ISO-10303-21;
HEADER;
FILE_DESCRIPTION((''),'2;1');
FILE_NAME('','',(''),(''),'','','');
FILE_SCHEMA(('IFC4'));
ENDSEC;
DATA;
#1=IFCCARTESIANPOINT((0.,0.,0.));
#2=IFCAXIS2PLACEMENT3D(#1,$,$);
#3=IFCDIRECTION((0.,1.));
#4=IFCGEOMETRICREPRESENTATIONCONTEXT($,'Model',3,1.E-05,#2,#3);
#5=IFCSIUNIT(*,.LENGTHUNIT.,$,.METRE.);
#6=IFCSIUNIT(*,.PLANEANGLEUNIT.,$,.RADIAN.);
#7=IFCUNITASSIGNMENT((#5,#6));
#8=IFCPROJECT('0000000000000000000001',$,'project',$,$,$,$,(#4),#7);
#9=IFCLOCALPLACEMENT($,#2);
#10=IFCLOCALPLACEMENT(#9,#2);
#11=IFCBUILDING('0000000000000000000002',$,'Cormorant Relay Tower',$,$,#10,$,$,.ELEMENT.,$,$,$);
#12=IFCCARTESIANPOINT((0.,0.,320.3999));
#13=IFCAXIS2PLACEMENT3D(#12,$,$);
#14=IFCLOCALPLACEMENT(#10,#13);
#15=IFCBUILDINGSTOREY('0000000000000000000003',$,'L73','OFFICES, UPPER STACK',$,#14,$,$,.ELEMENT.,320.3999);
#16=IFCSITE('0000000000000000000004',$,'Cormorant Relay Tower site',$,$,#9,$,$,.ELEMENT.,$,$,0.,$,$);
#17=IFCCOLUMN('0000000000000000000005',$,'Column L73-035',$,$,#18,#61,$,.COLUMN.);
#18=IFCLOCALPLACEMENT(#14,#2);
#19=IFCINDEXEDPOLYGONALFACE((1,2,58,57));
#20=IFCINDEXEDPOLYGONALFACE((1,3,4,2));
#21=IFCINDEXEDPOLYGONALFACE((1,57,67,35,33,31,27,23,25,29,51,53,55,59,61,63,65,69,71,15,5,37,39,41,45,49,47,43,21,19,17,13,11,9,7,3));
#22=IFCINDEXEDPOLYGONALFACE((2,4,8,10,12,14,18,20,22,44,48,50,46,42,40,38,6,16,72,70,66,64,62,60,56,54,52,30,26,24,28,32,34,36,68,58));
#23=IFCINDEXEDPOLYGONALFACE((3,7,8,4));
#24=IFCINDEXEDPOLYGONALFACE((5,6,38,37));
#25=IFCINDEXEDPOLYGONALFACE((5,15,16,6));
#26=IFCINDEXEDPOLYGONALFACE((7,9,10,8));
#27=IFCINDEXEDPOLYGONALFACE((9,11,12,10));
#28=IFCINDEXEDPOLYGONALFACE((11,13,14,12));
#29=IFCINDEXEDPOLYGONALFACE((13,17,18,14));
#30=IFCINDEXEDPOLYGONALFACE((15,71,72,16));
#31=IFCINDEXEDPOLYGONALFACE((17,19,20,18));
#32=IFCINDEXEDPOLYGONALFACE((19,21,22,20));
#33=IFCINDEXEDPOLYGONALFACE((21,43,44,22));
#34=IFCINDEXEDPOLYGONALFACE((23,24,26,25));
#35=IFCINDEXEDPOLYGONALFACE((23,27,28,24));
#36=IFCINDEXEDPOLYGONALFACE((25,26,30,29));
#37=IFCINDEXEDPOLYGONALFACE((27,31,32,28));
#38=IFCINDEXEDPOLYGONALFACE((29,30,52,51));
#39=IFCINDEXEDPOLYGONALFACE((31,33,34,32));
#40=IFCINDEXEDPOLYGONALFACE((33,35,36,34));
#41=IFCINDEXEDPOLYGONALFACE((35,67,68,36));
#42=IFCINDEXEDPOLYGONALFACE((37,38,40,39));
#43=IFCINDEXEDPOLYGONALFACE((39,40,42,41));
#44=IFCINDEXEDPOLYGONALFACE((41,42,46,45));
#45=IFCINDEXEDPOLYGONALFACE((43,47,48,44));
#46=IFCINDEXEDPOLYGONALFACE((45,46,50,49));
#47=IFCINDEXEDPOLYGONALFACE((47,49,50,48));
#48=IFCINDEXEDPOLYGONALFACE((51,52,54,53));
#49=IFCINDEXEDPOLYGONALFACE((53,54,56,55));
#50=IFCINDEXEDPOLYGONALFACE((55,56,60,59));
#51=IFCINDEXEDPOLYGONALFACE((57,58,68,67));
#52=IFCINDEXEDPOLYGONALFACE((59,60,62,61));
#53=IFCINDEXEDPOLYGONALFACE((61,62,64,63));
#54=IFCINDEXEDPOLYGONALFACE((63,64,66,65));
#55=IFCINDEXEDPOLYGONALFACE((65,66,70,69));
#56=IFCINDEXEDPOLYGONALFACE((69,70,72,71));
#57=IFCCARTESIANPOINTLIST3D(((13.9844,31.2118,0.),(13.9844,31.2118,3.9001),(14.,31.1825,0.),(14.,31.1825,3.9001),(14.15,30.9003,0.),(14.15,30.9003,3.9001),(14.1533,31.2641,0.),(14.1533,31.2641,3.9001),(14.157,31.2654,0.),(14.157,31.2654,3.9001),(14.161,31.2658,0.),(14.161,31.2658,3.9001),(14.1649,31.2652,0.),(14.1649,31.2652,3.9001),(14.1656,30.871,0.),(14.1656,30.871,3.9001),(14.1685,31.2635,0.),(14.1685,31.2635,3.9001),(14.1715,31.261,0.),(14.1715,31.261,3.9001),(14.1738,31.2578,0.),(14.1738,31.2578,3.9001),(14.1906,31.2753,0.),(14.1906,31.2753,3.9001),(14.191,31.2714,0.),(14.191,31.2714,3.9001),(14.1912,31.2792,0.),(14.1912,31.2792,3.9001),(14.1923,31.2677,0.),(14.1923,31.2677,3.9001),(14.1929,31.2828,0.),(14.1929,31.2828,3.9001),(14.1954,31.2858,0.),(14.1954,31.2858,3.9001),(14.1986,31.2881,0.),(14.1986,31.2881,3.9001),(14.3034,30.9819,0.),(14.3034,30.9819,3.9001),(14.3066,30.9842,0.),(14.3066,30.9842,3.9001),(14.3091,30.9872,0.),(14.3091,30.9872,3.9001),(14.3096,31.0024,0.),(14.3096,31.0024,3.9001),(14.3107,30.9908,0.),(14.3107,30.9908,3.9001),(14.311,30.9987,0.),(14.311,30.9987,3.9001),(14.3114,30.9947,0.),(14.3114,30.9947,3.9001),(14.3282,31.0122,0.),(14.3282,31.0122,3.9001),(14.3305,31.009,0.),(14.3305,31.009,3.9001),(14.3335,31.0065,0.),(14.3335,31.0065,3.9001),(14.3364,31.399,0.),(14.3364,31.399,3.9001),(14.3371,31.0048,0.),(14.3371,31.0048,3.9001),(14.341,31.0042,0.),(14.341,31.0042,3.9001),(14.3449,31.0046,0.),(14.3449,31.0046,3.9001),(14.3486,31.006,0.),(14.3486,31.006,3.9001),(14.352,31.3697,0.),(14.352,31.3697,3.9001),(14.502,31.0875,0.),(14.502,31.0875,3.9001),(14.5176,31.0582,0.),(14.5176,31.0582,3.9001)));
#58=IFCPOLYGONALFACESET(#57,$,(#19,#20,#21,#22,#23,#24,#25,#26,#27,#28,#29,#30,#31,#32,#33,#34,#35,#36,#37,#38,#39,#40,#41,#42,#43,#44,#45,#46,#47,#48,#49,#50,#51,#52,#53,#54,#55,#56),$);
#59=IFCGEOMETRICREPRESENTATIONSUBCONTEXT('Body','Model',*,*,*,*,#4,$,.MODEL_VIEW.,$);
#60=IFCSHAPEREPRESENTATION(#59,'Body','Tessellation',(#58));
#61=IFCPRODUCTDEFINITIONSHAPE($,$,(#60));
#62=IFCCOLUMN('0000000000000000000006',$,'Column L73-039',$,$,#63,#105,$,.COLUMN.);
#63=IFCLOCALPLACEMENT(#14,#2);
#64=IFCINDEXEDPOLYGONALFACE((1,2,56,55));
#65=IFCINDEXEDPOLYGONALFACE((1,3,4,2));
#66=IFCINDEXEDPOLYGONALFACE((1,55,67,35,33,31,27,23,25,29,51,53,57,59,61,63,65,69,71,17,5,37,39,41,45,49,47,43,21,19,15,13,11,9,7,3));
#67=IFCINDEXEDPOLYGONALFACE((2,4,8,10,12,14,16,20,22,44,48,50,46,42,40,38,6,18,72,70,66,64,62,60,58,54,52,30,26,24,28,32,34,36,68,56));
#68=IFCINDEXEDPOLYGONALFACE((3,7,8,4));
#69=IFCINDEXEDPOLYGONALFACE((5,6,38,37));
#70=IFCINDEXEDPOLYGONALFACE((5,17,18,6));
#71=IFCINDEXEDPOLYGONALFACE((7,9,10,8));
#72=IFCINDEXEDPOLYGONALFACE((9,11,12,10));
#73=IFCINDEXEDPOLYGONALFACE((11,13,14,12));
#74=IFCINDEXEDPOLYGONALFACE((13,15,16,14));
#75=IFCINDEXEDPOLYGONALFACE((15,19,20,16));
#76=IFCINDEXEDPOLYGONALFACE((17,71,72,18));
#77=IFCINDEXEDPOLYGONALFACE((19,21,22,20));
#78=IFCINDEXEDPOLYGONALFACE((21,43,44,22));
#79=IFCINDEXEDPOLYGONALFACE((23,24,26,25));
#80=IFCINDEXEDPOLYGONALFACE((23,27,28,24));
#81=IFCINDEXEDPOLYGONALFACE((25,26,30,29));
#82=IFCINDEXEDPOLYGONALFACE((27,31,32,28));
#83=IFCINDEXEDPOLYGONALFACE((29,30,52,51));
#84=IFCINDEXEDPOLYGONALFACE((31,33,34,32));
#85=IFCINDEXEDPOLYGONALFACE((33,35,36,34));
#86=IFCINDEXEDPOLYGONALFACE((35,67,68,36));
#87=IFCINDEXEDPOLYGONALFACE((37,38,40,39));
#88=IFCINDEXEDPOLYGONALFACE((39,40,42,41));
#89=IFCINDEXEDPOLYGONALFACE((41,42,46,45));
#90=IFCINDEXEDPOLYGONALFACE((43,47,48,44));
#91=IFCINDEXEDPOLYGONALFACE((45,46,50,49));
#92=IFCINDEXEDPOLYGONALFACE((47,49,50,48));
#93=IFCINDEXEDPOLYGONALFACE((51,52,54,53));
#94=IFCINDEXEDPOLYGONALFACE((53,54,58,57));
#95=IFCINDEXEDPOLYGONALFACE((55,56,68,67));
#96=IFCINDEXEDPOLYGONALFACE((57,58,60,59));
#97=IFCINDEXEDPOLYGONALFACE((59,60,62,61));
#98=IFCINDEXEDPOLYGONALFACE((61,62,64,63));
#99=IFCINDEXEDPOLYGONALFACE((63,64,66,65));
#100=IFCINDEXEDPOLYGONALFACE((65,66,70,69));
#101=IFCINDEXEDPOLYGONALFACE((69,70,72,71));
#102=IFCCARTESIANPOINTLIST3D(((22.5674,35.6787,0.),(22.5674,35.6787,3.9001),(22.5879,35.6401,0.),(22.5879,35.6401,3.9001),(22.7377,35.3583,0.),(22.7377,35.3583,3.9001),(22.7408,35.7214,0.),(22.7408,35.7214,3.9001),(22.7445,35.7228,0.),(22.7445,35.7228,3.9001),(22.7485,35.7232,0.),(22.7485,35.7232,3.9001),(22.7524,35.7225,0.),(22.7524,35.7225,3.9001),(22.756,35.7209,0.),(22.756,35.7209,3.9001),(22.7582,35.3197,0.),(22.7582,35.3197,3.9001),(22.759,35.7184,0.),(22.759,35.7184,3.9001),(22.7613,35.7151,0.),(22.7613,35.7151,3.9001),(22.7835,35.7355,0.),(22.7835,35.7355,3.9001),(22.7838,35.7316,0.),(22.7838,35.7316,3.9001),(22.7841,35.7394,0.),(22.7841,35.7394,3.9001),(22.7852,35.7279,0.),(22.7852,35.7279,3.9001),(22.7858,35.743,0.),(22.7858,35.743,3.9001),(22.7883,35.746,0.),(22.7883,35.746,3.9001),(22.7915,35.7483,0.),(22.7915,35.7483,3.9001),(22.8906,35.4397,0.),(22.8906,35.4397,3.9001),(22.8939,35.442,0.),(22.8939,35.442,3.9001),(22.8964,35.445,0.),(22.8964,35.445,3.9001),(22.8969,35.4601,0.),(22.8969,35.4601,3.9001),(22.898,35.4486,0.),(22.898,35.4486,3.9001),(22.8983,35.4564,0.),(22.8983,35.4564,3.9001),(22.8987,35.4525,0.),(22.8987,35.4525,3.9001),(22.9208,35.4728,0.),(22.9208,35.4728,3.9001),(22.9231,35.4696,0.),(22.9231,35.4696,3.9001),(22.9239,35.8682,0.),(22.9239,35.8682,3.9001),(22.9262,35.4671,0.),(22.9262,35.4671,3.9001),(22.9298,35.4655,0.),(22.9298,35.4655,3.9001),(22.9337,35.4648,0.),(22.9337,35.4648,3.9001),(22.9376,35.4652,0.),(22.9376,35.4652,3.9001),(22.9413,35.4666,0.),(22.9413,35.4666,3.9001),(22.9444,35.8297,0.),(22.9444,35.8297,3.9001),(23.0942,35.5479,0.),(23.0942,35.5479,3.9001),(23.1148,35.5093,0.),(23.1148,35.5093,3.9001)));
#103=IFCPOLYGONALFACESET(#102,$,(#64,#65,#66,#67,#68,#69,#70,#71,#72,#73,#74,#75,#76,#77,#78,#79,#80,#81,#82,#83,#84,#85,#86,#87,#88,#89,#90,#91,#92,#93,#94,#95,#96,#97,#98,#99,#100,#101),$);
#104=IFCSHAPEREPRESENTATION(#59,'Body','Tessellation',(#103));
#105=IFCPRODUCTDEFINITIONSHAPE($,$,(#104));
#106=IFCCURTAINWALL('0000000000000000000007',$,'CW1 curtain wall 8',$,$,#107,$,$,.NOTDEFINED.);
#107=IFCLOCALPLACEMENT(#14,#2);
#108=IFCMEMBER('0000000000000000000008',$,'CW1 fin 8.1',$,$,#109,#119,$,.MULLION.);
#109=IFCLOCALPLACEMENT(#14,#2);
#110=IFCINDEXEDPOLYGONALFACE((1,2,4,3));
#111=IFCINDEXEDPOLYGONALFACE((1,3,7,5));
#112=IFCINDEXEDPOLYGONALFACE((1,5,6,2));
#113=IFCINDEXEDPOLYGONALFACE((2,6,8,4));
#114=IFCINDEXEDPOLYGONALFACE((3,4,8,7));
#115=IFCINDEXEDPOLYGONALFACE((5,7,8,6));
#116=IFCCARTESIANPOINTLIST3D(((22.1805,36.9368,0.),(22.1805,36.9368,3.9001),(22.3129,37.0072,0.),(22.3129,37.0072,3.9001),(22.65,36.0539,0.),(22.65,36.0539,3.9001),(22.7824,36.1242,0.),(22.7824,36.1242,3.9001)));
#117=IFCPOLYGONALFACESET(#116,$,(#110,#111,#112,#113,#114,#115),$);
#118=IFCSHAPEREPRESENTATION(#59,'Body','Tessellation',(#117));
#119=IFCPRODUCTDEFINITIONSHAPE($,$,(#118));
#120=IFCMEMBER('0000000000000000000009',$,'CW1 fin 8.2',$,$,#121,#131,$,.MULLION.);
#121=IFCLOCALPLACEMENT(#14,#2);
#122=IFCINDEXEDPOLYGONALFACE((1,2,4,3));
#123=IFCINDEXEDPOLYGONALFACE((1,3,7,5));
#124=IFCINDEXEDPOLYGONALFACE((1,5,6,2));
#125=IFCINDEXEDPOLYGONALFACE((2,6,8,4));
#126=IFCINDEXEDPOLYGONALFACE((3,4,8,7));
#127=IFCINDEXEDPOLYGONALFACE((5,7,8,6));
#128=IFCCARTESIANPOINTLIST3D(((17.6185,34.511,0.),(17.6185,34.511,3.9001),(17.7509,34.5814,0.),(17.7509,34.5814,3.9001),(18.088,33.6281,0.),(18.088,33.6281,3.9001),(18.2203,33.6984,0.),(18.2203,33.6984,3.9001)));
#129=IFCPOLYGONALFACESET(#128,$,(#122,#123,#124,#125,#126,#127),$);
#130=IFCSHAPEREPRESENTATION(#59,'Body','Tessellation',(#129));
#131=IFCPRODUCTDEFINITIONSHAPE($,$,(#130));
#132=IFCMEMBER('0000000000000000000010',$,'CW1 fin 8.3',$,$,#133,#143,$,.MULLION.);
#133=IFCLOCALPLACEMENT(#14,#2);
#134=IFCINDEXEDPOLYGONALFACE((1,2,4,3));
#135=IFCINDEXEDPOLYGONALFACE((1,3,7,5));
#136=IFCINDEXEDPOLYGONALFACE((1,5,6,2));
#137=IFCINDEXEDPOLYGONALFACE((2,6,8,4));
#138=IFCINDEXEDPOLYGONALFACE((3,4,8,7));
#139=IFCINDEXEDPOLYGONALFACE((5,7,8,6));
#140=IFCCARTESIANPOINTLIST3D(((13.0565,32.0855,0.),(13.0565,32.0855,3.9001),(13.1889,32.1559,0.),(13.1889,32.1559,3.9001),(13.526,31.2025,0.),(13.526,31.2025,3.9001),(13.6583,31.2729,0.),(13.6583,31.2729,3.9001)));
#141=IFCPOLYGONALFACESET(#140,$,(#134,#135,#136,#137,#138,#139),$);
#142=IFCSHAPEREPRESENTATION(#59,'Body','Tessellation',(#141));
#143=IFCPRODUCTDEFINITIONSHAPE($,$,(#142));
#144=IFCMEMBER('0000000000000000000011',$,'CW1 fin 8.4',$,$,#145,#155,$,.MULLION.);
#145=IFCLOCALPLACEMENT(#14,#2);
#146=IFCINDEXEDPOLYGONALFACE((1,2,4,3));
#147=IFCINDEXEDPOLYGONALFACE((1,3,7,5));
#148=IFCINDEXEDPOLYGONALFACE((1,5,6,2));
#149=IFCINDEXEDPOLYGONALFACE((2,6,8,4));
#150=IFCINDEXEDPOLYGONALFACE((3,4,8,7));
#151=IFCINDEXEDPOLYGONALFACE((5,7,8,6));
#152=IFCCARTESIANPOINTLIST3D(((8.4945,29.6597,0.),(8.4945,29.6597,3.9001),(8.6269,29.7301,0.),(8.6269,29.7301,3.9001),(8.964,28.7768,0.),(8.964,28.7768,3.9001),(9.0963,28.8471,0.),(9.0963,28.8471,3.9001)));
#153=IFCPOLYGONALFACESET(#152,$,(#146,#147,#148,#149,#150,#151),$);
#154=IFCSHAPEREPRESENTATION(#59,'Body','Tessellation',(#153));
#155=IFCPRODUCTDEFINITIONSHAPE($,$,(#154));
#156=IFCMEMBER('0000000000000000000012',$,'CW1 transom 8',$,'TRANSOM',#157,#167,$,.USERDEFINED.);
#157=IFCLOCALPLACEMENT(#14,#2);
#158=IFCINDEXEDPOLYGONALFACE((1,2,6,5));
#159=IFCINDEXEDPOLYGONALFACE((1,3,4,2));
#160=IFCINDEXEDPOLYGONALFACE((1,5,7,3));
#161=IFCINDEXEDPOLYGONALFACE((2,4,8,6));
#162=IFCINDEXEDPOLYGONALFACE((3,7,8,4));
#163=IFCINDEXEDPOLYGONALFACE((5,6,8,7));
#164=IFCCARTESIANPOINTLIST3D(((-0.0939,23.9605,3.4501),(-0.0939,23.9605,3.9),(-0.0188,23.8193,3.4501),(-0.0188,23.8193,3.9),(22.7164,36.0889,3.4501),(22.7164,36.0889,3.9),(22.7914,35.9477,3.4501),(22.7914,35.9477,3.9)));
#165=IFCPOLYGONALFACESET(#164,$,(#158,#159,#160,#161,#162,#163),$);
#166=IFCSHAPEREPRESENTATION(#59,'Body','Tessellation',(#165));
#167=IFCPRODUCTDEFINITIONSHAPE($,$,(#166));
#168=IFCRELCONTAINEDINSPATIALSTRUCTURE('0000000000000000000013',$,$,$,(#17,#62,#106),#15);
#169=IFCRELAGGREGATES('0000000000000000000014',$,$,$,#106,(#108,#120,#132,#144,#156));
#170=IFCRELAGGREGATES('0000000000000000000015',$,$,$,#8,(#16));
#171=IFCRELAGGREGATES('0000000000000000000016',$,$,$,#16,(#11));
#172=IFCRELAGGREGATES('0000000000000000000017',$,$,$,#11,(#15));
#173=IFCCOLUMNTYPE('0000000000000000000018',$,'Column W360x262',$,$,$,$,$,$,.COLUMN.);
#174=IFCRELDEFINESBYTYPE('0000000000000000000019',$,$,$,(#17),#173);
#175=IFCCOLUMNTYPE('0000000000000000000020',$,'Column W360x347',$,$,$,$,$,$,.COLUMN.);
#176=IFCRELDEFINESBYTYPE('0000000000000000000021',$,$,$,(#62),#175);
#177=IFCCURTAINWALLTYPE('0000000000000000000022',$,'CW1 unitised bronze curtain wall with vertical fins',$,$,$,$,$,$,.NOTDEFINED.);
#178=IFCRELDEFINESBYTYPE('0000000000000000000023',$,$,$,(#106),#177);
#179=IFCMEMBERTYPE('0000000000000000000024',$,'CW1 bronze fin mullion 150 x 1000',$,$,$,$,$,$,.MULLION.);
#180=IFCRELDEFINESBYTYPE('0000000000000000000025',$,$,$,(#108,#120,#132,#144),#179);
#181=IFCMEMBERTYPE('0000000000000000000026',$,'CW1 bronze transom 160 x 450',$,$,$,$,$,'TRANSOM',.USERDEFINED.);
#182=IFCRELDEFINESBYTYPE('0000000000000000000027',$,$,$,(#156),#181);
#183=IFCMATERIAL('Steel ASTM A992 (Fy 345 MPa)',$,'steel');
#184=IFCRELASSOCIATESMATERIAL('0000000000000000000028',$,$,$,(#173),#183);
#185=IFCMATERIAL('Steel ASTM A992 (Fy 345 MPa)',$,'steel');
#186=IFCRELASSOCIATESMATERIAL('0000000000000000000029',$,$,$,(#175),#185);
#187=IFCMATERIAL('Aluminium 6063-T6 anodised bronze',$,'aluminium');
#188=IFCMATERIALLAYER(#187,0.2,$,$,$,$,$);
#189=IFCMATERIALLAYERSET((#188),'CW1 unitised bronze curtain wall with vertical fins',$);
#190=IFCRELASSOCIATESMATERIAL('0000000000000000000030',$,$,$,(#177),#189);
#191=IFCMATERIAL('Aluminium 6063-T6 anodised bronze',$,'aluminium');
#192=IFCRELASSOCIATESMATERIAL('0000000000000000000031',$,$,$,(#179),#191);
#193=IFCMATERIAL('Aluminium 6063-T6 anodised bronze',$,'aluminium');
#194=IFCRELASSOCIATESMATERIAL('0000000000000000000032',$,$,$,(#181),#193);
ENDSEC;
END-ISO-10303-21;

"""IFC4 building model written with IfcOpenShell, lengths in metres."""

from ifc_helpers import new_model, si_unit, direction, frame, origin, origin_2d, place, context, subcontext, project, spatial, rectangle, i_section, extrude, material, layer, layer_set, material_profile, profile_set, type_object, element, aggregate, save


model = new_model("IFC4")

# Units and contexts
model_context = context("Model", 3, precision=1e-05, world=origin(), true_north=direction((0.0, 1.0)))
body_context = subcontext(model_context, "Body", "Model", "MODEL_VIEW")
ifc_project = project(units=[si_unit("LENGTHUNIT", "METRE"), si_unit("PLANEANGLEUNIT", "RADIAN")], contexts=[model_context])

# Site, building, storey
site_placement = place(None, origin())
site = spatial("IfcSite", under=ifc_project, at=site_placement, Name="Cormorant Relay Tower site", CompositionType="ELEMENT", RefElevation=0.0)
building_placement = place(site_placement, origin())
building = spatial("IfcBuilding", under=site, at=building_placement, Name="Cormorant Relay Tower", CompositionType="ELEMENT")
storey_placement = place(building_placement, frame((0.0, 0.0, 320.3999)))
storey = spatial("IfcBuildingStorey", under=building, at=storey_placement, Name="L73", Description="OFFICES, UPPER STACK", CompositionType="ELEMENT", Elevation=320.3999)

# Columns
ifc_material_1 = material(Name="Steel ASTM A992 (Fy 345 MPa)", Category="steel")
ifc_material_profile_1 = material_profile(ifc_material_1, i_section(OverallWidth=0.3987, OverallDepth=0.386, WebThickness=0.021, FlangeThickness=0.0332, FilletRadius=0.0151, at=origin_2d()), Name="W360x262")
ifc_profile_set_1 = profile_set([ifc_material_profile_1], Name="Steel ASTM A992 (Fy 345 MPa)")
column_type_1 = type_object("IfcColumnType", Name="Column W360x262", PredefinedType="COLUMN", material=ifc_profile_set_1)
column_1_placement = place(storey_placement, frame((14.251, 31.135, 0.0), z_axis=(0.0, 0.0, 1.0), x_axis=(-0.882948, -0.469472, 0.0)))
element("IfcColumn", 1, at=column_1_placement, inside=storey, type_object=column_type_1, Name="Column L73-035", PredefinedType="COLUMN", context=body_context, shape_type="SweptSolid", body=[
    extrude(i_section(OverallWidth=0.3987, OverallDepth=0.386, WebThickness=0.021, FlangeThickness=0.0332, FilletRadius=0.0151, at=origin_2d()), origin(), (0.0, 0.0, 1.0), 3.9001),
])
ifc_material_2 = material(Name="Steel ASTM A992 (Fy 345 MPa)", Category="steel")
ifc_material_profile_2 = material_profile(ifc_material_2, i_section(OverallWidth=0.4038, OverallDepth=0.4065, WebThickness=0.0271, FlangeThickness=0.0437, FilletRadius=0.0151, at=origin_2d()), Name="W360x347")
ifc_profile_set_2 = profile_set([ifc_material_profile_2], Name="Steel ASTM A992 (Fy 345 MPa)")
column_type_2 = type_object("IfcColumnType", Name="Column W360x347", PredefinedType="COLUMN", material=ifc_profile_set_2)
column_2_placement = place(storey_placement, frame((22.8411, 35.594, 0.0), z_axis=(0.0, 0.0, 1.0), x_axis=(-0.882948, -0.469472, 0.0)))
element("IfcColumn", 2, at=column_2_placement, inside=storey, type_object=column_type_2, Name="Column L73-039", PredefinedType="COLUMN", context=body_context, shape_type="SweptSolid", body=[
    extrude(i_section(OverallWidth=0.4038, OverallDepth=0.4065, WebThickness=0.0271, FlangeThickness=0.0437, FilletRadius=0.0151, at=origin_2d()), origin(), (0.0, 0.0, 1.0), 3.9001),
])

# Curtain wall, members
ifc_material_3 = material(Name="Aluminium 6063-T6 anodised bronze", Category="aluminium")
ifc_layer_1 = layer(ifc_material_3, 0.2)
ifc_layer_set_1 = layer_set([ifc_layer_1], Name="CW1 unitised bronze curtain wall with vertical fins")
curtain_wall_type = type_object("IfcCurtainWallType", Name="CW1 unitised bronze curtain wall with vertical fins", PredefinedType="NOTDEFINED", material=ifc_layer_set_1)
curtain_wall_placement = place(storey_placement, origin())
curtain_wall = element("IfcCurtainWall", 3, at=curtain_wall_placement, inside=storey, type_object=curtain_wall_type, Name="CW1 curtain wall 8", PredefinedType="NOTDEFINED")
ifc_material_4 = material(Name="Aluminium 6063-T6 anodised bronze", Category="aluminium")
ifc_material_profile_3 = material_profile(ifc_material_4, rectangle(XDim=0.1499, YDim=1.0, at=origin_2d()), Name="AL 150x1000")
ifc_profile_set_3 = profile_set([ifc_material_profile_3], Name="Aluminium 6063-T6 anodised bronze")
member_type_1 = type_object("IfcMemberType", Name="CW1 bronze fin mullion 150 x 1000", PredefinedType="MULLION", material=ifc_profile_set_3)
member_1_placement = place(storey_placement, frame((22.4814, 36.5305, 0.0), z_axis=(0.0, 0.0, 1.0), x_axis=(-0.882948, -0.469472, 0.0)))
member_1 = element("IfcMember", 4, at=member_1_placement, type_object=member_type_1, Name="CW1 fin 8.1", PredefinedType="MULLION", context=body_context, shape_type="SweptSolid", body=[
    extrude(rectangle(XDim=0.1499, YDim=1.0, at=origin_2d()), origin(), (0.0, 0.0, 1.0), 3.9001),
])
member_2_placement = place(storey_placement, frame((17.9194, 34.1047, 0.0), z_axis=(0.0, 0.0, 1.0), x_axis=(-0.882948, -0.469472, 0.0)))
member_2 = element("IfcMember", 5, at=member_2_placement, type_object=member_type_1, Name="CW1 fin 8.2", PredefinedType="MULLION", context=body_context, shape_type="SweptSolid", body=[
    extrude(rectangle(XDim=0.1499, YDim=1.0, at=origin_2d()), origin(), (0.0, 0.0, 1.0), 3.9001),
])
member_3_placement = place(storey_placement, frame((13.3574, 31.6792, 0.0), z_axis=(0.0, 0.0, 1.0), x_axis=(-0.882948, -0.469472, 0.0)))
member_3 = element("IfcMember", 6, at=member_3_placement, type_object=member_type_1, Name="CW1 fin 8.3", PredefinedType="MULLION", context=body_context, shape_type="SweptSolid", body=[
    extrude(rectangle(XDim=0.1499, YDim=1.0, at=origin_2d()), origin(), (0.0, 0.0, 1.0), 3.9001),
])
member_4_placement = place(storey_placement, frame((8.7954, 29.2534, 0.0), z_axis=(0.0, 0.0, 1.0), x_axis=(-0.882948, -0.469472, 0.0)))
member_4 = element("IfcMember", 7, at=member_4_placement, type_object=member_type_1, Name="CW1 fin 8.4", PredefinedType="MULLION", context=body_context, shape_type="SweptSolid", body=[
    extrude(rectangle(XDim=0.1499, YDim=1.0, at=origin_2d()), origin(), (0.0, 0.0, 1.0), 3.9001),
])
ifc_material_5 = material(Name="Aluminium 6063-T6 anodised bronze", Category="aluminium")
ifc_material_profile_4 = material_profile(ifc_material_5, rectangle(XDim=0.1599, YDim=0.45, at=origin_2d()), Name="AL 160x450")
ifc_profile_set_4 = profile_set([ifc_material_profile_4], Name="Aluminium 6063-T6 anodised bronze")
member_type_2 = type_object("IfcMemberType", Name="CW1 bronze transom 160 x 450", ElementType="TRANSOM", PredefinedType="USERDEFINED", material=ifc_profile_set_4)
member_5_placement = place(storey_placement, frame((22.7539, 36.0183, 3.675), z_axis=(-0.882948, -0.469471, 0.0), x_axis=(0.469471, -0.882948, 0.0)))
member_5 = element("IfcMember", 8, at=member_5_placement, type_object=member_type_2, Name="CW1 transom 8", ObjectType="TRANSOM", PredefinedType="USERDEFINED", context=body_context, shape_type="SweptSolid", body=[
    extrude(rectangle(XDim=0.1599, YDim=0.45, at=origin_2d()), origin(), (0.0, 0.0, 1.0), 25.8342),
])

aggregate(curtain_wall, [member_1, member_2, member_3, member_4, member_5])

save(model, "model.ifc")
